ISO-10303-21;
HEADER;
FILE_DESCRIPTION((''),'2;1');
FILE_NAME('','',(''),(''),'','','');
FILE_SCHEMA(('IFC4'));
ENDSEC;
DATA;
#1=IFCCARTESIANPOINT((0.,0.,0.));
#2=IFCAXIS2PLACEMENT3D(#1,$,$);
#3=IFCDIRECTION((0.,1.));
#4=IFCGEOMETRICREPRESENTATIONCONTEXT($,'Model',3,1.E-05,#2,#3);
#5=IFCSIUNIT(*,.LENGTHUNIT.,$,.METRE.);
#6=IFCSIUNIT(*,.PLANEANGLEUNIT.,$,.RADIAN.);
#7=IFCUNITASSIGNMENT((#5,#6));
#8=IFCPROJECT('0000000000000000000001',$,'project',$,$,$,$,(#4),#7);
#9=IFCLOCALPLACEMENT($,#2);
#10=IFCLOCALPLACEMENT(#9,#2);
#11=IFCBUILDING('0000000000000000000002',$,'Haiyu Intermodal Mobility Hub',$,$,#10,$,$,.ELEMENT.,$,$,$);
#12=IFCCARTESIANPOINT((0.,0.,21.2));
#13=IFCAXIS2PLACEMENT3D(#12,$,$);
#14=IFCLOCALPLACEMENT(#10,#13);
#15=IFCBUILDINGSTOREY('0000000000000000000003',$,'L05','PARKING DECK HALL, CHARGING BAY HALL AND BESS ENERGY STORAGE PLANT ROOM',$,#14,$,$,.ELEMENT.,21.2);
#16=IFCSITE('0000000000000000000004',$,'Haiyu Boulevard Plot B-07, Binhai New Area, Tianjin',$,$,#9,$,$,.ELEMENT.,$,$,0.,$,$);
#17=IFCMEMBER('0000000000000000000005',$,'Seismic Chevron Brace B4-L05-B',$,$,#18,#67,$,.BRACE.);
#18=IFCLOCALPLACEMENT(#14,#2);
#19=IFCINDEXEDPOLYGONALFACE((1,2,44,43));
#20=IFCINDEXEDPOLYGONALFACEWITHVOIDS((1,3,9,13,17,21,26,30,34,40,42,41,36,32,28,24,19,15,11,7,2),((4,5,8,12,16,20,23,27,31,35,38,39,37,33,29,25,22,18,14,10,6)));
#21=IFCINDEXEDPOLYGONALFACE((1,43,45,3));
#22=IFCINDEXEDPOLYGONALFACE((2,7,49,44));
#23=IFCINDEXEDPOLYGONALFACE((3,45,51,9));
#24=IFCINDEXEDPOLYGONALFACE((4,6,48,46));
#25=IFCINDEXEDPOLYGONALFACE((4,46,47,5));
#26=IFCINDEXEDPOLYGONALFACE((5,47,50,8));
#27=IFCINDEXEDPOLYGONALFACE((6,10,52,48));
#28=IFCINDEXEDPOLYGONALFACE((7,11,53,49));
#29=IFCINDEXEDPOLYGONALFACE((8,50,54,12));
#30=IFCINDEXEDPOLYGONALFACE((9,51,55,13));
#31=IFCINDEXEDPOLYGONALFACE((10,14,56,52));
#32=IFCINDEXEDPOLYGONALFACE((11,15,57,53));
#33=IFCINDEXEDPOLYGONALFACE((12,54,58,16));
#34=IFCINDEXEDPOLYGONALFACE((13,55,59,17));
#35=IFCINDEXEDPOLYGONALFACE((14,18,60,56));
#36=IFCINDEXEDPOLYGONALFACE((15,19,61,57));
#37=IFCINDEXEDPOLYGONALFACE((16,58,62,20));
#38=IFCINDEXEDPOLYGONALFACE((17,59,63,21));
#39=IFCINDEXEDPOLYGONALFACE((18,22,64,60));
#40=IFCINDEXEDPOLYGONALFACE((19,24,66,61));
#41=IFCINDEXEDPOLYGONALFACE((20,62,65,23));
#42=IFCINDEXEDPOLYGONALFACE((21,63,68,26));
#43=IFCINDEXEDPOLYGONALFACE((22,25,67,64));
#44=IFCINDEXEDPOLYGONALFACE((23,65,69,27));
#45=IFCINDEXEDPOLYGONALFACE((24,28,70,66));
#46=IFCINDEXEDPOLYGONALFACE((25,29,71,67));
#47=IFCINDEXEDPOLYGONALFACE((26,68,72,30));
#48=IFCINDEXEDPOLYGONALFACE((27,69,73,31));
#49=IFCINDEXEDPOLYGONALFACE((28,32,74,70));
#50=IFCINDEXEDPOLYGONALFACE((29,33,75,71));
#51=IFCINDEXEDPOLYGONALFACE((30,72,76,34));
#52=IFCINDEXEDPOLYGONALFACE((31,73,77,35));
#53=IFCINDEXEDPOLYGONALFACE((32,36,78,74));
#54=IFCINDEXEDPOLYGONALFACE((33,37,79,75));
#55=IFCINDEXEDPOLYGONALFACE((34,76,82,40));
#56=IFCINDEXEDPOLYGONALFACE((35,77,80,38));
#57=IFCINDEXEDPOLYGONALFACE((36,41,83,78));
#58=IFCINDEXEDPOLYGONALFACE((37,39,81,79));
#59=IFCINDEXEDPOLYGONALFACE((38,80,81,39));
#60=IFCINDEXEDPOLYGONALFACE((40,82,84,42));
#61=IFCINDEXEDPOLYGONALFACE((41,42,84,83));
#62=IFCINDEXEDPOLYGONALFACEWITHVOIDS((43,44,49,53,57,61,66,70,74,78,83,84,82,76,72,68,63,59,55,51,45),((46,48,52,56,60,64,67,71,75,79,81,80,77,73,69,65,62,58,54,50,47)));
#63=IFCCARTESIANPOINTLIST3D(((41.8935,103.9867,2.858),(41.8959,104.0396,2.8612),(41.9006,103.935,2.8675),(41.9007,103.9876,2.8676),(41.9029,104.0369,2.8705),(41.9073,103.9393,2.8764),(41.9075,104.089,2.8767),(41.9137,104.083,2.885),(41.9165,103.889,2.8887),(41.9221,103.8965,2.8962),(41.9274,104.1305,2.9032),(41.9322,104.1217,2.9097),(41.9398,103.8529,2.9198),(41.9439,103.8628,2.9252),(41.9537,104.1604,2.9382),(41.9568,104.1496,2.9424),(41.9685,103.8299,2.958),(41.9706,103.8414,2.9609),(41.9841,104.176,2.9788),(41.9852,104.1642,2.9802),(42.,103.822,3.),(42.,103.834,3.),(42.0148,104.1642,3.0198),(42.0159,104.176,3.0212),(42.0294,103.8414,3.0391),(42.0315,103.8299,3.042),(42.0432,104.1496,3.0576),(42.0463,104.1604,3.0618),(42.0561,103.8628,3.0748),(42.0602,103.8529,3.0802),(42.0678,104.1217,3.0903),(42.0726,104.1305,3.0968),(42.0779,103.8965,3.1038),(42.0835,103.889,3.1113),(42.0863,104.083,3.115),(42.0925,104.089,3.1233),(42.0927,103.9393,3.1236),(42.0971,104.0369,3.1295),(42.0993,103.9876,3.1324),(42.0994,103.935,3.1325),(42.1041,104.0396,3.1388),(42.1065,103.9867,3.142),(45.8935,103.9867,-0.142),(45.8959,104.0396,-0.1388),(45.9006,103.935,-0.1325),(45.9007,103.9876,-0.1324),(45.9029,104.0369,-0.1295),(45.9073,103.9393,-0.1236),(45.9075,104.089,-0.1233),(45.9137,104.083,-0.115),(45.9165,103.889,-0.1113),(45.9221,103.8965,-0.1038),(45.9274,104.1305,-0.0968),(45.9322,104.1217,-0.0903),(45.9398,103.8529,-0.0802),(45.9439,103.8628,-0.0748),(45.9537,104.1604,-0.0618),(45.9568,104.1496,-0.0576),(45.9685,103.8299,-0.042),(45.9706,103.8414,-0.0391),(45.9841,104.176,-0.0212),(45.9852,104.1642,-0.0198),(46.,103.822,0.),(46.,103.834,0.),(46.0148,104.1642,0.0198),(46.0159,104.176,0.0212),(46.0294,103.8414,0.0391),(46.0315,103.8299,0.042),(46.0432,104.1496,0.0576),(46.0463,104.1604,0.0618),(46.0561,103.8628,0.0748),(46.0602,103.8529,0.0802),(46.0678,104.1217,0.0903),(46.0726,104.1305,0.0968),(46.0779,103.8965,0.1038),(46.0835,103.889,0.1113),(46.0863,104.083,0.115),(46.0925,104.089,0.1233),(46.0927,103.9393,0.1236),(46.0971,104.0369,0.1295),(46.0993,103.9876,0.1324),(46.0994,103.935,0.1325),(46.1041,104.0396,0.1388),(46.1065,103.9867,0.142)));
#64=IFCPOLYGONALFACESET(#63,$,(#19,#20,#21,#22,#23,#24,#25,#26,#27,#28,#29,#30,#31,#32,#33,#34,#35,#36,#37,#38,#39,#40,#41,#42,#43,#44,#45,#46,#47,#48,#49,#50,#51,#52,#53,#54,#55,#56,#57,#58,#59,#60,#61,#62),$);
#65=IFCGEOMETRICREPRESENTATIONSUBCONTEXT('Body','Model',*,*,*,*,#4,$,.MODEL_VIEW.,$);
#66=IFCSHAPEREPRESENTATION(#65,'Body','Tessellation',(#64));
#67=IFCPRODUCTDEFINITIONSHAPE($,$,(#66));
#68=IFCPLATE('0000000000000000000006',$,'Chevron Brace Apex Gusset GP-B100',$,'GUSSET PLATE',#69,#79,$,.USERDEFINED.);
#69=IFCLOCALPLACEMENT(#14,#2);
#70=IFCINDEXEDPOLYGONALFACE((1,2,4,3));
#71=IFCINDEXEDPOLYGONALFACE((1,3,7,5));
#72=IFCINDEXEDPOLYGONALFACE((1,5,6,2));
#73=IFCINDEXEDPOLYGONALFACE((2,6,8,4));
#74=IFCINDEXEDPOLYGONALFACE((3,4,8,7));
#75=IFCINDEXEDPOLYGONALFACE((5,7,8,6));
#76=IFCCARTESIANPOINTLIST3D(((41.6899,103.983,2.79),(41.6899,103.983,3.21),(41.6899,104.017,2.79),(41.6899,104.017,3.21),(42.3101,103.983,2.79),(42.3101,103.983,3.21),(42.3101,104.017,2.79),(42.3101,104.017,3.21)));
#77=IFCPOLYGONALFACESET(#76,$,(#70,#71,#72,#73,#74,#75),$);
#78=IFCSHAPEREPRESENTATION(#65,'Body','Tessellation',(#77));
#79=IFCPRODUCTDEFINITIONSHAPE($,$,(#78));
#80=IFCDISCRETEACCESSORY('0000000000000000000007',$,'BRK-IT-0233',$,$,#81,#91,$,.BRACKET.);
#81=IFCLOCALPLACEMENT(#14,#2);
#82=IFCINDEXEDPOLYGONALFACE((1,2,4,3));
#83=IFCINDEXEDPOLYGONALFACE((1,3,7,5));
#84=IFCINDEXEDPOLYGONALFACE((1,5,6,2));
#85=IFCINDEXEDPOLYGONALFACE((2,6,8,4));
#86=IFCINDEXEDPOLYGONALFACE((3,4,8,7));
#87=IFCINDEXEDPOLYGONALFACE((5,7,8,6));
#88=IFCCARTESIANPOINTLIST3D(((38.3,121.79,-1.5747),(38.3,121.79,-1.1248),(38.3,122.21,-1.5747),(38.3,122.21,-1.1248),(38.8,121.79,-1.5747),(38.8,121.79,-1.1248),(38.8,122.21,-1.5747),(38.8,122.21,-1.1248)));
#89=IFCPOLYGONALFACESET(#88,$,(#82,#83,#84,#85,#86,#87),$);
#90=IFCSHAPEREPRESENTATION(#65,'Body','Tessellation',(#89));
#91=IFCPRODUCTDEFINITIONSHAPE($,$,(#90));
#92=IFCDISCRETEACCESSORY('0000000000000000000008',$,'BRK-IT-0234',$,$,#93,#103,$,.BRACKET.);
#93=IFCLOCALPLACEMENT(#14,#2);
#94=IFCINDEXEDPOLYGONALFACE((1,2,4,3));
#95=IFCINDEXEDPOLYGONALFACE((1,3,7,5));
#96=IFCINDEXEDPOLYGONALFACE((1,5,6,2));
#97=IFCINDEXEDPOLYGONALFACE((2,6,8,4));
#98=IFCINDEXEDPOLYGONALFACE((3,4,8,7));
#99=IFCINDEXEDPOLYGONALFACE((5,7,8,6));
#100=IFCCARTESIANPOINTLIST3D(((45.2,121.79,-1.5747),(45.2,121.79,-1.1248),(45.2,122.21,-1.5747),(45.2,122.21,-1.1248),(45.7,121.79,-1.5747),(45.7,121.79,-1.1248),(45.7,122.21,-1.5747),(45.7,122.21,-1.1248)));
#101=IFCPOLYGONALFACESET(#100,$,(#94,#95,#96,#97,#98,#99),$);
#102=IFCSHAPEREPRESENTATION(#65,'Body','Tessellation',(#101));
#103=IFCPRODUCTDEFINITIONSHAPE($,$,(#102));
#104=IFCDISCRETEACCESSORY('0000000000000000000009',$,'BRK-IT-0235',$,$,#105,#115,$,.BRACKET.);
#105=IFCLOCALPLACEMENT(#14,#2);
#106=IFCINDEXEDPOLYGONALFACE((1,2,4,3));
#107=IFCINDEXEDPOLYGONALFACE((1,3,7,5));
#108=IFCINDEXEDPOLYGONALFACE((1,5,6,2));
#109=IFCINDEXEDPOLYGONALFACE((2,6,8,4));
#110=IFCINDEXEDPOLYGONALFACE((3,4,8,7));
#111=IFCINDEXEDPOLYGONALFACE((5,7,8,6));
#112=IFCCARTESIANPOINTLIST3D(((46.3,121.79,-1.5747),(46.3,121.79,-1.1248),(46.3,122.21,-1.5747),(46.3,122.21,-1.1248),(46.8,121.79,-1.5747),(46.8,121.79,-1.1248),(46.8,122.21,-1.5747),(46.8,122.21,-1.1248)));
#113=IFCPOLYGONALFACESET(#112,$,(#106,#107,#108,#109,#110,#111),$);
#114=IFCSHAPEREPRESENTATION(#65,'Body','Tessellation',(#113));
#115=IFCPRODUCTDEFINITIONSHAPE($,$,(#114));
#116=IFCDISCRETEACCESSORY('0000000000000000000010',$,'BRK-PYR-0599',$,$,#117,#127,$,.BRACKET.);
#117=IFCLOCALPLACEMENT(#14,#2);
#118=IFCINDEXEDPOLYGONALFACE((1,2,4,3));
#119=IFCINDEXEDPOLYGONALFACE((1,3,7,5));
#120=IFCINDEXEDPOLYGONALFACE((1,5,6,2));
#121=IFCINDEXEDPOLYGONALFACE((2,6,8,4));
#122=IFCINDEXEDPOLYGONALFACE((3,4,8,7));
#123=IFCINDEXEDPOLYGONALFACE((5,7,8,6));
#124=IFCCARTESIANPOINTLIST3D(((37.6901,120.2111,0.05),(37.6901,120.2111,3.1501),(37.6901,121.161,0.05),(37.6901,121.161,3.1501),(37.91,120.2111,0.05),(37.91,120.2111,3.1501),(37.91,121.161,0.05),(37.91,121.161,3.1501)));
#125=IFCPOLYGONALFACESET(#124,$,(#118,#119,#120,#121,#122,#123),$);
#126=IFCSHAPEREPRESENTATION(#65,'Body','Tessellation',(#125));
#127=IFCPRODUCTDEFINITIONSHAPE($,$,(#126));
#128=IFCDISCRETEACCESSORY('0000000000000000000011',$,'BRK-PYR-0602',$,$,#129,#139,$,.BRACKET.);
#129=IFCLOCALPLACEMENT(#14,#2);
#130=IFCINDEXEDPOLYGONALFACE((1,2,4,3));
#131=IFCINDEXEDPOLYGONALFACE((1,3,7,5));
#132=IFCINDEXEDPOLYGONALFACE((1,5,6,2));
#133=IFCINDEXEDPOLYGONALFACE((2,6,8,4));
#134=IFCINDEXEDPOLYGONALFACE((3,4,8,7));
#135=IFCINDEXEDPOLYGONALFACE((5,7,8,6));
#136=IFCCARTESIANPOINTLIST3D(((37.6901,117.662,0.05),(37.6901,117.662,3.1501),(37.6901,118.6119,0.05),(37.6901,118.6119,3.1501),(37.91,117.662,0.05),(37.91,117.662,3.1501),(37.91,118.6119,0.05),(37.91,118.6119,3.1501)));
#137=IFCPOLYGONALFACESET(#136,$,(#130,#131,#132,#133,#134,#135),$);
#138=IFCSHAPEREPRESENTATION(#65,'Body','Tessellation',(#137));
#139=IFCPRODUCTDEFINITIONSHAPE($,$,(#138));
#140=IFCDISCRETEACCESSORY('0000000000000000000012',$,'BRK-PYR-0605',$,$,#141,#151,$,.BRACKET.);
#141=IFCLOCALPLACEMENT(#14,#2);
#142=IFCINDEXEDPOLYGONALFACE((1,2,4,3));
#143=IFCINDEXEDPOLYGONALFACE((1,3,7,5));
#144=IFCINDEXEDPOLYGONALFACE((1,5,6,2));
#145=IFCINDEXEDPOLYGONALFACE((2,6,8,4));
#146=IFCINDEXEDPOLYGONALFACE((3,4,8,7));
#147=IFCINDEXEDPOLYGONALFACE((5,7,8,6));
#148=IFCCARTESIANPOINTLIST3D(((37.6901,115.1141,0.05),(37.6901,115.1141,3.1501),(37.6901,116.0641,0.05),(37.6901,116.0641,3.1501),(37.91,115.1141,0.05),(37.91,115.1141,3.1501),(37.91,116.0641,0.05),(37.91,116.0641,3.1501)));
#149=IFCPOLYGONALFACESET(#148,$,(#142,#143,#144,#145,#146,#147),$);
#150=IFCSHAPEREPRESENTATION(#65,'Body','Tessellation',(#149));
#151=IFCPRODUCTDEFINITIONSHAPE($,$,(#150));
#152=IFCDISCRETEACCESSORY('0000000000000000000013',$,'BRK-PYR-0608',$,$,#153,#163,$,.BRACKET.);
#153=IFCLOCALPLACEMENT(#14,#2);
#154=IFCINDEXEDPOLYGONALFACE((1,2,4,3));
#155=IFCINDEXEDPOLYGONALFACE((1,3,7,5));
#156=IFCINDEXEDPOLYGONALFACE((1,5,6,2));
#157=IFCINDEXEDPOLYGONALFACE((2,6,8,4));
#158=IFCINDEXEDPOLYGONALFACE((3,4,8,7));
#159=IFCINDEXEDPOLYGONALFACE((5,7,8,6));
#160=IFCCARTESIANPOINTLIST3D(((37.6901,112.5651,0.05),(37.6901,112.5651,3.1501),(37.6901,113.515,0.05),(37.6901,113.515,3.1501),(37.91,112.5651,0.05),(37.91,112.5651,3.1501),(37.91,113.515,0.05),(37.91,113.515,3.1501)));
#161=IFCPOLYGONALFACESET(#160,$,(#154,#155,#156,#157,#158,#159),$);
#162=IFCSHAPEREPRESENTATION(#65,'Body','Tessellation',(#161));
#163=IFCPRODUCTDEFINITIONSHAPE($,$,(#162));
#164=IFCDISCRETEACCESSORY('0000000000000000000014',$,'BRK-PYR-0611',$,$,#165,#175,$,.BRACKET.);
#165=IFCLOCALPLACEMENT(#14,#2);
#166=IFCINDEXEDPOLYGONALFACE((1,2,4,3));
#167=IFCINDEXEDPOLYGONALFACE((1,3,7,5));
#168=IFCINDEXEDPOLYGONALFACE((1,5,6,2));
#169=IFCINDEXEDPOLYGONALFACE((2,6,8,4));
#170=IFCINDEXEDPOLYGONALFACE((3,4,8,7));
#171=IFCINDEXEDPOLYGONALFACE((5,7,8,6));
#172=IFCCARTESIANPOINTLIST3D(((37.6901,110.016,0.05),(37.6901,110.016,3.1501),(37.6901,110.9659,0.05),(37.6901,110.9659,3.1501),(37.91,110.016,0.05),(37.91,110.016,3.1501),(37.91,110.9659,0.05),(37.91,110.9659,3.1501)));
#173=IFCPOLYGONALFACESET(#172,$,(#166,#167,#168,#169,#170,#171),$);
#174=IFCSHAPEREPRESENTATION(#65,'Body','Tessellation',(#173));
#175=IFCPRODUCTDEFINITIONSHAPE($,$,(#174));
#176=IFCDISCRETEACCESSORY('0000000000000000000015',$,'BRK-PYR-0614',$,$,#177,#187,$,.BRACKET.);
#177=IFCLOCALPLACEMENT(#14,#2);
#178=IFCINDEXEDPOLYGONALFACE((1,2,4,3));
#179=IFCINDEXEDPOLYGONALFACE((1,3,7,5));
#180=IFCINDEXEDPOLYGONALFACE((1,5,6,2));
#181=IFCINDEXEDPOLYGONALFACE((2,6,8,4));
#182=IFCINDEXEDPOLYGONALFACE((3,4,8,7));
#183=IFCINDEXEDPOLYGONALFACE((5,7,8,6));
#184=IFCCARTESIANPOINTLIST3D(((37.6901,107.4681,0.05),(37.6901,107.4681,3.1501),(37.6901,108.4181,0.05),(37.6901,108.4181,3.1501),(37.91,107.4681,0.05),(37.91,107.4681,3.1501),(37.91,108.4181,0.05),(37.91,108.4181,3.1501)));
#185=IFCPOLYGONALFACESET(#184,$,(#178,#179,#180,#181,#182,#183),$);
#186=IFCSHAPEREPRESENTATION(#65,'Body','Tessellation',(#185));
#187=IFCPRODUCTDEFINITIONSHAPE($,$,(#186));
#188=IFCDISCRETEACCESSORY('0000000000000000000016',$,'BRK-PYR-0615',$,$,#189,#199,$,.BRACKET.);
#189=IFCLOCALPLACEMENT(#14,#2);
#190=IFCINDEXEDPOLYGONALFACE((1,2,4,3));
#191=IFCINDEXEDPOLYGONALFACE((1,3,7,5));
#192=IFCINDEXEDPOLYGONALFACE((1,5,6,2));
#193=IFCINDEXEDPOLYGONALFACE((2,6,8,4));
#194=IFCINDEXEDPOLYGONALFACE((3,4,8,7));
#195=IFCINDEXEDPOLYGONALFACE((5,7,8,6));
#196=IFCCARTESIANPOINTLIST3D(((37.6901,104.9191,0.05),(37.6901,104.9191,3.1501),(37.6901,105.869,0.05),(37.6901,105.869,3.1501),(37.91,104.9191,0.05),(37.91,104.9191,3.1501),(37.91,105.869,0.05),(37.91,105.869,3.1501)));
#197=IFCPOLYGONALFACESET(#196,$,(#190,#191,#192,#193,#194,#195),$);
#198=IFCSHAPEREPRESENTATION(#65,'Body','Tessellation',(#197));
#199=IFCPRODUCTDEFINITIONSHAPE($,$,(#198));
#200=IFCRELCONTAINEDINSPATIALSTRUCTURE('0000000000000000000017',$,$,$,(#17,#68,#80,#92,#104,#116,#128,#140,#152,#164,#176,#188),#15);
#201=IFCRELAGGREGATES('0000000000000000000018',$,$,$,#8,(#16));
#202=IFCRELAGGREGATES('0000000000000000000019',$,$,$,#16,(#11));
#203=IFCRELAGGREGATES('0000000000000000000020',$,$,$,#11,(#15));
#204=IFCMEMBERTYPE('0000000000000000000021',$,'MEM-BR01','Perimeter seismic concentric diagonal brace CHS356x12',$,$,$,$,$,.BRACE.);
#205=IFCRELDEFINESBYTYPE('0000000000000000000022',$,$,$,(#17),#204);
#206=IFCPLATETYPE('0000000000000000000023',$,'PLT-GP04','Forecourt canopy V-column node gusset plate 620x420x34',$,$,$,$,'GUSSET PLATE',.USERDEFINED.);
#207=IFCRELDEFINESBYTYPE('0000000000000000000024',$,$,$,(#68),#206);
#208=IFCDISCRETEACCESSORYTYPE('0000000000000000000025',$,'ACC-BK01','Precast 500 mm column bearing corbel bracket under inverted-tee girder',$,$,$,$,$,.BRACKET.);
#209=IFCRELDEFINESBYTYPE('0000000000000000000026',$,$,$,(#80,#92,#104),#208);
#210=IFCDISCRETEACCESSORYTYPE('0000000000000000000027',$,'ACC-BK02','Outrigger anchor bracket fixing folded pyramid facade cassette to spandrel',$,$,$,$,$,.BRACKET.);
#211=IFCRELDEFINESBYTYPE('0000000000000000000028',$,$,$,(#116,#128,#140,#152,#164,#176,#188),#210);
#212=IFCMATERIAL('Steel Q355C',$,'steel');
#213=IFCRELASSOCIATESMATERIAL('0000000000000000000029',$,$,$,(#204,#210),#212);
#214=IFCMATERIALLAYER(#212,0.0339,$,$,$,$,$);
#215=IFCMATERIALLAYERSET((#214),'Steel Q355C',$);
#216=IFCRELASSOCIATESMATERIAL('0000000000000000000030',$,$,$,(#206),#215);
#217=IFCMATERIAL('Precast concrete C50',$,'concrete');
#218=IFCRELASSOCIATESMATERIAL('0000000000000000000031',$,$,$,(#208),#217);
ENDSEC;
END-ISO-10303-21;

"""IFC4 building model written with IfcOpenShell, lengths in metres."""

from ifc_helpers import new_model, si_unit, direction, frame, origin, origin_2d, place, context, subcontext, project, spatial, rectangle, hollow_circle, extrude, material, layer, layer_set, material_profile, profile_set, type_object, element, save


model = new_model("IFC4")

# Units and contexts
model_context = context("Model", 3, precision=1e-05, world=origin(), true_north=direction((0.0, 1.0)))
body_context = subcontext(model_context, "Body", "Model", "MODEL_VIEW")
ifc_project = project(units=[si_unit("LENGTHUNIT", "METRE"), si_unit("PLANEANGLEUNIT", "RADIAN")], contexts=[model_context])

# Site, building, storey
site_placement = place(None, origin())
site = spatial("IfcSite", under=ifc_project, at=site_placement, Name="Haiyu Boulevard Plot B-07, Binhai New Area, Tianjin", CompositionType="ELEMENT", RefElevation=0.0)
building_placement = place(site_placement, origin())
building = spatial("IfcBuilding", under=site, at=building_placement, Name="Haiyu Intermodal Mobility Hub", CompositionType="ELEMENT")
storey_placement = place(building_placement, frame((0.0, 0.0, 21.2)))
storey = spatial("IfcBuildingStorey", under=building, at=storey_placement, Name="L05", Description="PARKING DECK HALL, CHARGING BAY HALL AND BESS ENERGY STORAGE PLANT ROOM", CompositionType="ELEMENT", Elevation=21.2)

# Shared definitions
ifc_material_1 = material(Name="Precast concrete C50", Category="concrete")

# Member
ifc_material_2 = material(Name="Steel Q355C", Category="steel")
ifc_material_profile_1 = material_profile(ifc_material_2, hollow_circle(Radius=0.178, WallThickness=0.012, at=origin_2d()), Name="CHS356x12")
ifc_profile_set_1 = profile_set([ifc_material_profile_1], Name="Steel Q355C")
member_type = type_object("IfcMemberType", Name="MEM-BR01", Description="Perimeter seismic concentric diagonal brace CHS356x12", PredefinedType="BRACE", material=ifc_profile_set_1)
member_placement = place(storey_placement, frame((46.0, 104.0, 0.0), z_axis=(-0.8, 0.0, 0.6), x_axis=(0.0, -1.0, 0.0)))
element("IfcMember", 1, at=member_placement, inside=storey, type_object=member_type, Name="Seismic Chevron Brace B4-L05-B", PredefinedType="BRACE", context=body_context, shape_type="SweptSolid", body=[
    extrude(hollow_circle(Radius=0.178, WallThickness=0.012, at=origin_2d()), origin(), (0.0, 0.0, 1.0), 5.0),
])

# Plate
ifc_layer = layer(ifc_material_2, 0.0339)
ifc_layer_set = layer_set([ifc_layer], Name="Steel Q355C")
plate_type = type_object("IfcPlateType", Name="PLT-GP04", Description="Forecourt canopy V-column node gusset plate 620x420x34", ElementType="GUSSET PLATE", PredefinedType="USERDEFINED", material=ifc_layer_set)
plate_placement = place(storey_placement, frame((42.0, 104.0, 2.79), z_axis=(0.0, 0.0, 1.0), x_axis=(1.0, 0.0, 0.0)))
element("IfcPlate", 2, at=plate_placement, inside=storey, type_object=plate_type, Name="Chevron Brace Apex Gusset GP-B100", ObjectType="GUSSET PLATE", PredefinedType="USERDEFINED", context=body_context, shape_type="SweptSolid", body=[
    extrude(rectangle(XDim=0.6201, YDim=0.0339, at=origin_2d()), origin(), (0.0, 0.0, 1.0), 0.4199),
])

# Discrete accessories
discrete_accessory_type_1 = type_object("IfcDiscreteAccessoryType", Name="ACC-BK01", Description="Precast 500 mm column bearing corbel bracket under inverted-tee girder", PredefinedType="BRACKET", material=ifc_material_1)
for number, where, z_axis, x_axis, name in (
    (3, (38.55, 122.0, -1.5747), (0.0, 0.0, 1.0), (1.0, 0.0, 0.0), "BRK-IT-0233"),
    (4, (45.45, 122.0, -1.5747), (0.0, 0.0, 1.0), (1.0, 0.0, 0.0), "BRK-IT-0234"),
    (5, (46.55, 122.0, -1.5747), (0.0, 0.0, 1.0), (1.0, 0.0, 0.0), "BRK-IT-0235"),
):
    element("IfcDiscreteAccessory", number, at=place(storey_placement, frame(where, z_axis=z_axis, x_axis=x_axis)), inside=storey, type_object=discrete_accessory_type_1, Name=name, PredefinedType="BRACKET", context=body_context, shape_type="SweptSolid", body=[
        extrude(rectangle(XDim=0.5, YDim=0.4199, at=origin_2d()), origin(), (0.0, 0.0, 1.0), 0.45),
    ])
discrete_accessory_type_2 = type_object("IfcDiscreteAccessoryType", Name="ACC-BK02", Description="Outrigger anchor bracket fixing folded pyramid facade cassette to spandrel", PredefinedType="BRACKET", material=ifc_material_2)
for number, where, z_axis, x_axis, name in (
    (6, (37.8, 120.686, 0.05), (0.0, 0.0, 1.0), (1.0, 0.0, 0.0), "BRK-PYR-0599"),
    (7, (37.8, 118.137, 0.05), (0.0, 0.0, 1.0), (1.0, 0.0, 0.0), "BRK-PYR-0602"),
    (8, (37.8, 115.5891, 0.05), (0.0, 0.0, 1.0), (1.0, 0.0, 0.0), "BRK-PYR-0605"),
    (9, (37.8, 113.04, 0.05), (0.0, 0.0, 1.0), (1.0, 0.0, 0.0), "BRK-PYR-0608"),
    (10, (37.8, 110.491, 0.05), (0.0, 0.0, 1.0), (1.0, 0.0, 0.0), "BRK-PYR-0611"),
    (11, (37.8, 107.9431, 0.05), (0.0, 0.0, 1.0), (1.0, 0.0, 0.0), "BRK-PYR-0614"),
    (12, (37.8, 105.394, 0.05), (0.0, 0.0, 1.0), (1.0, 0.0, 0.0), "BRK-PYR-0615"),
):
    element("IfcDiscreteAccessory", number, at=place(storey_placement, frame(where, z_axis=z_axis, x_axis=x_axis)), inside=storey, type_object=discrete_accessory_type_2, Name=name, PredefinedType="BRACKET", context=body_context, shape_type="SweptSolid", body=[
        extrude(rectangle(XDim=0.22, YDim=0.95, at=origin_2d()), origin(), (0.0, 0.0, 1.0), 3.1001),
    ])

save(model, "model.ifc")
